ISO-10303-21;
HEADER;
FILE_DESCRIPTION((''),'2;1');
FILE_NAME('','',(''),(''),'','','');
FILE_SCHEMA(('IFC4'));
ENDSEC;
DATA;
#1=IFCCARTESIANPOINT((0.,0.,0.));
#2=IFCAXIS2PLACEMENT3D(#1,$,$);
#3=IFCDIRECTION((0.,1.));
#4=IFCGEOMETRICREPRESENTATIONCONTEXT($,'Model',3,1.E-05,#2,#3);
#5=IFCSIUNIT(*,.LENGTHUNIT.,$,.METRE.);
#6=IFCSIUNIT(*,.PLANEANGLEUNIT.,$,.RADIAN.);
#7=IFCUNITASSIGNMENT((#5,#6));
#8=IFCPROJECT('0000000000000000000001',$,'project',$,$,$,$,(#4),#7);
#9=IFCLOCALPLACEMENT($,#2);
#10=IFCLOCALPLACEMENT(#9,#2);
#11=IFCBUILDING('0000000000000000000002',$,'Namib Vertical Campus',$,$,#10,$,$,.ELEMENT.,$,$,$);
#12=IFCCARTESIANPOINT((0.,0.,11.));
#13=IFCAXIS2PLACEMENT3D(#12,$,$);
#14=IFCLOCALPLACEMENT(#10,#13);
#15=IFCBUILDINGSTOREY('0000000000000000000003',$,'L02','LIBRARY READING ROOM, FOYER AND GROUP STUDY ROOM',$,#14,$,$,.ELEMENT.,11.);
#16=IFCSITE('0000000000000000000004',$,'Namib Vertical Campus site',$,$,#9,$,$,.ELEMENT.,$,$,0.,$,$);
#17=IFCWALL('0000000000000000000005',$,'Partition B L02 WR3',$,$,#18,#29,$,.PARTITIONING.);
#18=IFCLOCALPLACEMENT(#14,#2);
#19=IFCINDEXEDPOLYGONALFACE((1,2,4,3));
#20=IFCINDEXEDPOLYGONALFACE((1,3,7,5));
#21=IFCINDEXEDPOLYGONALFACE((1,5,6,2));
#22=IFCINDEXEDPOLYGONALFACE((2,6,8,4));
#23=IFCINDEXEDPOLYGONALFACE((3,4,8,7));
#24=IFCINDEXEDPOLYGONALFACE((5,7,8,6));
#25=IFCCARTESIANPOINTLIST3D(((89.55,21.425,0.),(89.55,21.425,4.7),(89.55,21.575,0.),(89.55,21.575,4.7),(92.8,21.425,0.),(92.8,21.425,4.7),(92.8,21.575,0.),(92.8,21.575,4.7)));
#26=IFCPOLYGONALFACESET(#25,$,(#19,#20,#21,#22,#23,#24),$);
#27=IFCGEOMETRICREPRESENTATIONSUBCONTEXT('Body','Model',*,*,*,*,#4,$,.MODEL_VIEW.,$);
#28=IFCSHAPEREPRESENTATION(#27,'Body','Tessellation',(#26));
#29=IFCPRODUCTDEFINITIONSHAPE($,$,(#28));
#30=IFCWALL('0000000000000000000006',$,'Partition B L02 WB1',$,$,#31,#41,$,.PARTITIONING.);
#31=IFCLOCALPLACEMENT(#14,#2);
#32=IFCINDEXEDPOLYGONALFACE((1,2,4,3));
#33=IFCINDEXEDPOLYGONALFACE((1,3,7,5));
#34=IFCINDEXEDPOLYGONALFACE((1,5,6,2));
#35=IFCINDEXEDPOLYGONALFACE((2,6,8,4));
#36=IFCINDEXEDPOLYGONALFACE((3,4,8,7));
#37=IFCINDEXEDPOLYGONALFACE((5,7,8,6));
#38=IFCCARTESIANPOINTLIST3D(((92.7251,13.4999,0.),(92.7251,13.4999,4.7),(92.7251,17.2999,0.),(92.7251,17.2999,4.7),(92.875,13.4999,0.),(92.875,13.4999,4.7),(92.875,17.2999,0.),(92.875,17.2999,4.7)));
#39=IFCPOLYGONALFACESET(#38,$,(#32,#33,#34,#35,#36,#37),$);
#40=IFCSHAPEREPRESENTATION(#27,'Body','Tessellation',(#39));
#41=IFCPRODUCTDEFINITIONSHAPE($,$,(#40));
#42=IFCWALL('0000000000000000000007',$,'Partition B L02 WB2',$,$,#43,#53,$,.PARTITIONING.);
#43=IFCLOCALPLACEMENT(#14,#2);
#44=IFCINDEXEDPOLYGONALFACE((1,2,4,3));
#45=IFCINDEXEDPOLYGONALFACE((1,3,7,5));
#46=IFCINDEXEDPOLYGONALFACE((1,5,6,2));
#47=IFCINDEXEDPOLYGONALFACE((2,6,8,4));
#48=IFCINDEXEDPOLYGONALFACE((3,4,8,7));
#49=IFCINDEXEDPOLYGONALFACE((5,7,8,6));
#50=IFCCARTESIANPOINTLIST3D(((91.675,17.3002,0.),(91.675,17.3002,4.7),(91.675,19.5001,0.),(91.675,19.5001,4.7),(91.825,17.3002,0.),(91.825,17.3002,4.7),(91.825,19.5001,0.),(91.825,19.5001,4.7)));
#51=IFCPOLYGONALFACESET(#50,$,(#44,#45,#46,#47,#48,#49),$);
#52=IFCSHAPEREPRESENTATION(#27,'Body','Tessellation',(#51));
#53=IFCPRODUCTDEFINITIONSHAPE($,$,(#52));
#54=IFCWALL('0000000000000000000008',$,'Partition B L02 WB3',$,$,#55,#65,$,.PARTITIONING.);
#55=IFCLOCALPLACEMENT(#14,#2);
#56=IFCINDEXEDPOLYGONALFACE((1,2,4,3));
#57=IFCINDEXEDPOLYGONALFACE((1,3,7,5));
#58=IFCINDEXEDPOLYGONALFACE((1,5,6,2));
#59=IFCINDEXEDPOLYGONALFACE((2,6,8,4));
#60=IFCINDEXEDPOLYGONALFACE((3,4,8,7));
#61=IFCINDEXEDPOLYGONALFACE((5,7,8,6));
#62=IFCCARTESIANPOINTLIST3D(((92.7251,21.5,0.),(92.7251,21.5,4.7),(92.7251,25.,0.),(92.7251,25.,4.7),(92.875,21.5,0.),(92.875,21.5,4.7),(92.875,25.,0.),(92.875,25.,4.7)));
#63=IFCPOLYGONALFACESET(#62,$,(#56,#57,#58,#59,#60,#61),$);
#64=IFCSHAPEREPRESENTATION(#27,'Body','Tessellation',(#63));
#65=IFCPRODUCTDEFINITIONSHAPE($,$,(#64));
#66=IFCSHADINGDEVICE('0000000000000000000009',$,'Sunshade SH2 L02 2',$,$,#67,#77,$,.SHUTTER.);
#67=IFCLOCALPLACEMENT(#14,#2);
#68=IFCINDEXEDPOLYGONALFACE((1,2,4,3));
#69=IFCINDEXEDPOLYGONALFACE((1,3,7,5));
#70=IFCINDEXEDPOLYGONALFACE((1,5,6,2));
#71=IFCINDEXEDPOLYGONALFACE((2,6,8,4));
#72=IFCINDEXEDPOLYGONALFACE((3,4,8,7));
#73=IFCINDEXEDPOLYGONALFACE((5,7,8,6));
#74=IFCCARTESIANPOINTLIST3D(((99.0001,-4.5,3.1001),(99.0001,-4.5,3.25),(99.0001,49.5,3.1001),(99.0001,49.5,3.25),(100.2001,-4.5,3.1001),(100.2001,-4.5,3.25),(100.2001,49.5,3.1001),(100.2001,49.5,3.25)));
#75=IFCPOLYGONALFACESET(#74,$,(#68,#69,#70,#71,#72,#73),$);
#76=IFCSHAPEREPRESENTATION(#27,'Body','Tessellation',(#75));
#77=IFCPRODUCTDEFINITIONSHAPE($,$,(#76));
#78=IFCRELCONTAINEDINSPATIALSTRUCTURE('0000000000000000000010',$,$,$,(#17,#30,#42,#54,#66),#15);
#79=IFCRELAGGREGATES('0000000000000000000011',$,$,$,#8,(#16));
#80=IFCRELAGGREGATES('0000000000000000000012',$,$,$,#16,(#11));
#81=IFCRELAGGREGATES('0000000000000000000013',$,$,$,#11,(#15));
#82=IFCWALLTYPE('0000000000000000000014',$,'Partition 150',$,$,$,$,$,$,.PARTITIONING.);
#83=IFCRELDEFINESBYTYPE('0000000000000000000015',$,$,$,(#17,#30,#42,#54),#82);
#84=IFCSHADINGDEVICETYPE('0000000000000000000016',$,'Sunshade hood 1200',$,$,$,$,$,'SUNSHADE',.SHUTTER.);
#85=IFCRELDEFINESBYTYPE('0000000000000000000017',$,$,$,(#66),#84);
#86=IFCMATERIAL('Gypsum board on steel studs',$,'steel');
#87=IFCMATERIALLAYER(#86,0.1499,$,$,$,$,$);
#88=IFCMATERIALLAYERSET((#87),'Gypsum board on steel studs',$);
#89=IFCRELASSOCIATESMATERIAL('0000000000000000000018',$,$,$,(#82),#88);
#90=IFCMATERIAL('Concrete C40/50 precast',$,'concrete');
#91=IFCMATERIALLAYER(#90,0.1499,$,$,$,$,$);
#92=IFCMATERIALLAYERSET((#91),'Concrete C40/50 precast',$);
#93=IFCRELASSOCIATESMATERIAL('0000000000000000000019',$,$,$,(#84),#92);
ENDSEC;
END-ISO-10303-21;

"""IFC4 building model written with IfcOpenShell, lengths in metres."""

from ifc_helpers import new_model, si_unit, direction, frame, frame_2d, origin, origin_2d, place, context, subcontext, project, spatial, rectangle, extrude, material, layer, layer_set, type_object, element, save


model = new_model("IFC4")

# Units and contexts
model_context = context("Model", 3, precision=1e-05, world=origin(), true_north=direction((0.0, 1.0)))
body_context = subcontext(model_context, "Body", "Model", "MODEL_VIEW")
ifc_project = project(units=[si_unit("LENGTHUNIT", "METRE"), si_unit("PLANEANGLEUNIT", "RADIAN")], contexts=[model_context])

# Site, building, storey
site_placement = place(None, origin())
site = spatial("IfcSite", under=ifc_project, at=site_placement, Name="Namib Vertical Campus site", CompositionType="ELEMENT", RefElevation=0.0)
building_placement = place(site_placement, origin())
building = spatial("IfcBuilding", under=site, at=building_placement, Name="Namib Vertical Campus", CompositionType="ELEMENT")
storey_placement = place(building_placement, frame((0.0, 0.0, 11.0)))
storey = spatial("IfcBuildingStorey", under=building, at=storey_placement, Name="L02", Description="LIBRARY READING ROOM, FOYER AND GROUP STUDY ROOM", CompositionType="ELEMENT", Elevation=11.0)

# Walls
ifc_material_1 = material(Name="Gypsum board on steel studs", Category="steel")
ifc_layer_1 = layer(ifc_material_1, 0.1499)
ifc_layer_set_1 = layer_set([ifc_layer_1], Name="Gypsum board on steel studs")
wall_type_1 = type_object("IfcWallType", Name="Partition 150", PredefinedType="PARTITIONING", material=ifc_layer_set_1)
wall_1_placement = place(storey_placement, frame((89.55, 21.5, 0.0), z_axis=(0.0, 0.0, 1.0), x_axis=(1.0, 0.0, 0.0)))
element("IfcWall", 1, at=wall_1_placement, inside=storey, type_object=wall_type_1, Name="Partition B L02 WR3", PredefinedType="PARTITIONING", context=body_context, shape_type="SweptSolid", body=[
    extrude(rectangle(XDim=3.25, YDim=0.1499, at=frame_2d((1.625, 0.0))), origin(), (0.0, 0.0, 1.0), 4.7),
])
wall_2_placement = place(storey_placement, frame((92.8, 13.5, 0.0), z_axis=(0.0, 0.0, 1.0), x_axis=(0.0, 1.0, 0.0)))
element("IfcWall", 2, at=wall_2_placement, inside=storey, type_object=wall_type_1, Name="Partition B L02 WB1", PredefinedType="PARTITIONING", context=body_context, shape_type="SweptSolid", body=[
    extrude(rectangle(XDim=3.8, YDim=0.1499, at=frame_2d((1.8999, 0.0))), origin(), (0.0, 0.0, 1.0), 4.7),
])
wall_3_placement = place(storey_placement, frame((91.75, 17.3, 0.0), z_axis=(0.0, 0.0, 1.0), x_axis=(0.0, 1.0, 0.0)))
element("IfcWall", 3, at=wall_3_placement, inside=storey, type_object=wall_type_1, Name="Partition B L02 WB2", PredefinedType="PARTITIONING", context=body_context, shape_type="SweptSolid", body=[
    extrude(rectangle(XDim=2.2, YDim=0.1499, at=frame_2d((1.1001, 0.0))), origin(), (0.0, 0.0, 1.0), 4.7),
])
wall_4_placement = place(storey_placement, frame((92.8, 21.5, 0.0), z_axis=(0.0, 0.0, 1.0), x_axis=(0.0, 1.0, 0.0)))
element("IfcWall", 4, at=wall_4_placement, inside=storey, type_object=wall_type_1, Name="Partition B L02 WB3", PredefinedType="PARTITIONING", context=body_context, shape_type="SweptSolid", body=[
    extrude(rectangle(XDim=3.5, YDim=0.1499, at=frame_2d((1.75, 0.0))), origin(), (0.0, 0.0, 1.0), 4.7),
])

# Shading device
ifc_material_2 = material(Name="Concrete C40/50 precast", Category="concrete")
ifc_layer_2 = layer(ifc_material_2, 0.1499)
ifc_layer_set_2 = layer_set([ifc_layer_2], Name="Concrete C40/50 precast")
shading_device_type = type_object("IfcShadingDeviceType", Name="Sunshade hood 1200", ElementType="SUNSHADE", PredefinedType="SHUTTER", material=ifc_layer_set_2)
shading_device_placement = place(storey_placement, frame((99.6001, 22.5, 3.1001), z_axis=(0.0, 0.0, 1.0), x_axis=(0.0, 1.0, 0.0)))
element("IfcShadingDevice", 5, at=shading_device_placement, inside=storey, type_object=shading_device_type, Name="Sunshade SH2 L02 2", PredefinedType="SHUTTER", context=body_context, shape_type="SweptSolid", body=[
    extrude(rectangle(XDim=54.0, YDim=1.2, at=origin_2d()), origin(), (0.0, 0.0, 1.0), 0.1499),
])

save(model, "model.ifc")
